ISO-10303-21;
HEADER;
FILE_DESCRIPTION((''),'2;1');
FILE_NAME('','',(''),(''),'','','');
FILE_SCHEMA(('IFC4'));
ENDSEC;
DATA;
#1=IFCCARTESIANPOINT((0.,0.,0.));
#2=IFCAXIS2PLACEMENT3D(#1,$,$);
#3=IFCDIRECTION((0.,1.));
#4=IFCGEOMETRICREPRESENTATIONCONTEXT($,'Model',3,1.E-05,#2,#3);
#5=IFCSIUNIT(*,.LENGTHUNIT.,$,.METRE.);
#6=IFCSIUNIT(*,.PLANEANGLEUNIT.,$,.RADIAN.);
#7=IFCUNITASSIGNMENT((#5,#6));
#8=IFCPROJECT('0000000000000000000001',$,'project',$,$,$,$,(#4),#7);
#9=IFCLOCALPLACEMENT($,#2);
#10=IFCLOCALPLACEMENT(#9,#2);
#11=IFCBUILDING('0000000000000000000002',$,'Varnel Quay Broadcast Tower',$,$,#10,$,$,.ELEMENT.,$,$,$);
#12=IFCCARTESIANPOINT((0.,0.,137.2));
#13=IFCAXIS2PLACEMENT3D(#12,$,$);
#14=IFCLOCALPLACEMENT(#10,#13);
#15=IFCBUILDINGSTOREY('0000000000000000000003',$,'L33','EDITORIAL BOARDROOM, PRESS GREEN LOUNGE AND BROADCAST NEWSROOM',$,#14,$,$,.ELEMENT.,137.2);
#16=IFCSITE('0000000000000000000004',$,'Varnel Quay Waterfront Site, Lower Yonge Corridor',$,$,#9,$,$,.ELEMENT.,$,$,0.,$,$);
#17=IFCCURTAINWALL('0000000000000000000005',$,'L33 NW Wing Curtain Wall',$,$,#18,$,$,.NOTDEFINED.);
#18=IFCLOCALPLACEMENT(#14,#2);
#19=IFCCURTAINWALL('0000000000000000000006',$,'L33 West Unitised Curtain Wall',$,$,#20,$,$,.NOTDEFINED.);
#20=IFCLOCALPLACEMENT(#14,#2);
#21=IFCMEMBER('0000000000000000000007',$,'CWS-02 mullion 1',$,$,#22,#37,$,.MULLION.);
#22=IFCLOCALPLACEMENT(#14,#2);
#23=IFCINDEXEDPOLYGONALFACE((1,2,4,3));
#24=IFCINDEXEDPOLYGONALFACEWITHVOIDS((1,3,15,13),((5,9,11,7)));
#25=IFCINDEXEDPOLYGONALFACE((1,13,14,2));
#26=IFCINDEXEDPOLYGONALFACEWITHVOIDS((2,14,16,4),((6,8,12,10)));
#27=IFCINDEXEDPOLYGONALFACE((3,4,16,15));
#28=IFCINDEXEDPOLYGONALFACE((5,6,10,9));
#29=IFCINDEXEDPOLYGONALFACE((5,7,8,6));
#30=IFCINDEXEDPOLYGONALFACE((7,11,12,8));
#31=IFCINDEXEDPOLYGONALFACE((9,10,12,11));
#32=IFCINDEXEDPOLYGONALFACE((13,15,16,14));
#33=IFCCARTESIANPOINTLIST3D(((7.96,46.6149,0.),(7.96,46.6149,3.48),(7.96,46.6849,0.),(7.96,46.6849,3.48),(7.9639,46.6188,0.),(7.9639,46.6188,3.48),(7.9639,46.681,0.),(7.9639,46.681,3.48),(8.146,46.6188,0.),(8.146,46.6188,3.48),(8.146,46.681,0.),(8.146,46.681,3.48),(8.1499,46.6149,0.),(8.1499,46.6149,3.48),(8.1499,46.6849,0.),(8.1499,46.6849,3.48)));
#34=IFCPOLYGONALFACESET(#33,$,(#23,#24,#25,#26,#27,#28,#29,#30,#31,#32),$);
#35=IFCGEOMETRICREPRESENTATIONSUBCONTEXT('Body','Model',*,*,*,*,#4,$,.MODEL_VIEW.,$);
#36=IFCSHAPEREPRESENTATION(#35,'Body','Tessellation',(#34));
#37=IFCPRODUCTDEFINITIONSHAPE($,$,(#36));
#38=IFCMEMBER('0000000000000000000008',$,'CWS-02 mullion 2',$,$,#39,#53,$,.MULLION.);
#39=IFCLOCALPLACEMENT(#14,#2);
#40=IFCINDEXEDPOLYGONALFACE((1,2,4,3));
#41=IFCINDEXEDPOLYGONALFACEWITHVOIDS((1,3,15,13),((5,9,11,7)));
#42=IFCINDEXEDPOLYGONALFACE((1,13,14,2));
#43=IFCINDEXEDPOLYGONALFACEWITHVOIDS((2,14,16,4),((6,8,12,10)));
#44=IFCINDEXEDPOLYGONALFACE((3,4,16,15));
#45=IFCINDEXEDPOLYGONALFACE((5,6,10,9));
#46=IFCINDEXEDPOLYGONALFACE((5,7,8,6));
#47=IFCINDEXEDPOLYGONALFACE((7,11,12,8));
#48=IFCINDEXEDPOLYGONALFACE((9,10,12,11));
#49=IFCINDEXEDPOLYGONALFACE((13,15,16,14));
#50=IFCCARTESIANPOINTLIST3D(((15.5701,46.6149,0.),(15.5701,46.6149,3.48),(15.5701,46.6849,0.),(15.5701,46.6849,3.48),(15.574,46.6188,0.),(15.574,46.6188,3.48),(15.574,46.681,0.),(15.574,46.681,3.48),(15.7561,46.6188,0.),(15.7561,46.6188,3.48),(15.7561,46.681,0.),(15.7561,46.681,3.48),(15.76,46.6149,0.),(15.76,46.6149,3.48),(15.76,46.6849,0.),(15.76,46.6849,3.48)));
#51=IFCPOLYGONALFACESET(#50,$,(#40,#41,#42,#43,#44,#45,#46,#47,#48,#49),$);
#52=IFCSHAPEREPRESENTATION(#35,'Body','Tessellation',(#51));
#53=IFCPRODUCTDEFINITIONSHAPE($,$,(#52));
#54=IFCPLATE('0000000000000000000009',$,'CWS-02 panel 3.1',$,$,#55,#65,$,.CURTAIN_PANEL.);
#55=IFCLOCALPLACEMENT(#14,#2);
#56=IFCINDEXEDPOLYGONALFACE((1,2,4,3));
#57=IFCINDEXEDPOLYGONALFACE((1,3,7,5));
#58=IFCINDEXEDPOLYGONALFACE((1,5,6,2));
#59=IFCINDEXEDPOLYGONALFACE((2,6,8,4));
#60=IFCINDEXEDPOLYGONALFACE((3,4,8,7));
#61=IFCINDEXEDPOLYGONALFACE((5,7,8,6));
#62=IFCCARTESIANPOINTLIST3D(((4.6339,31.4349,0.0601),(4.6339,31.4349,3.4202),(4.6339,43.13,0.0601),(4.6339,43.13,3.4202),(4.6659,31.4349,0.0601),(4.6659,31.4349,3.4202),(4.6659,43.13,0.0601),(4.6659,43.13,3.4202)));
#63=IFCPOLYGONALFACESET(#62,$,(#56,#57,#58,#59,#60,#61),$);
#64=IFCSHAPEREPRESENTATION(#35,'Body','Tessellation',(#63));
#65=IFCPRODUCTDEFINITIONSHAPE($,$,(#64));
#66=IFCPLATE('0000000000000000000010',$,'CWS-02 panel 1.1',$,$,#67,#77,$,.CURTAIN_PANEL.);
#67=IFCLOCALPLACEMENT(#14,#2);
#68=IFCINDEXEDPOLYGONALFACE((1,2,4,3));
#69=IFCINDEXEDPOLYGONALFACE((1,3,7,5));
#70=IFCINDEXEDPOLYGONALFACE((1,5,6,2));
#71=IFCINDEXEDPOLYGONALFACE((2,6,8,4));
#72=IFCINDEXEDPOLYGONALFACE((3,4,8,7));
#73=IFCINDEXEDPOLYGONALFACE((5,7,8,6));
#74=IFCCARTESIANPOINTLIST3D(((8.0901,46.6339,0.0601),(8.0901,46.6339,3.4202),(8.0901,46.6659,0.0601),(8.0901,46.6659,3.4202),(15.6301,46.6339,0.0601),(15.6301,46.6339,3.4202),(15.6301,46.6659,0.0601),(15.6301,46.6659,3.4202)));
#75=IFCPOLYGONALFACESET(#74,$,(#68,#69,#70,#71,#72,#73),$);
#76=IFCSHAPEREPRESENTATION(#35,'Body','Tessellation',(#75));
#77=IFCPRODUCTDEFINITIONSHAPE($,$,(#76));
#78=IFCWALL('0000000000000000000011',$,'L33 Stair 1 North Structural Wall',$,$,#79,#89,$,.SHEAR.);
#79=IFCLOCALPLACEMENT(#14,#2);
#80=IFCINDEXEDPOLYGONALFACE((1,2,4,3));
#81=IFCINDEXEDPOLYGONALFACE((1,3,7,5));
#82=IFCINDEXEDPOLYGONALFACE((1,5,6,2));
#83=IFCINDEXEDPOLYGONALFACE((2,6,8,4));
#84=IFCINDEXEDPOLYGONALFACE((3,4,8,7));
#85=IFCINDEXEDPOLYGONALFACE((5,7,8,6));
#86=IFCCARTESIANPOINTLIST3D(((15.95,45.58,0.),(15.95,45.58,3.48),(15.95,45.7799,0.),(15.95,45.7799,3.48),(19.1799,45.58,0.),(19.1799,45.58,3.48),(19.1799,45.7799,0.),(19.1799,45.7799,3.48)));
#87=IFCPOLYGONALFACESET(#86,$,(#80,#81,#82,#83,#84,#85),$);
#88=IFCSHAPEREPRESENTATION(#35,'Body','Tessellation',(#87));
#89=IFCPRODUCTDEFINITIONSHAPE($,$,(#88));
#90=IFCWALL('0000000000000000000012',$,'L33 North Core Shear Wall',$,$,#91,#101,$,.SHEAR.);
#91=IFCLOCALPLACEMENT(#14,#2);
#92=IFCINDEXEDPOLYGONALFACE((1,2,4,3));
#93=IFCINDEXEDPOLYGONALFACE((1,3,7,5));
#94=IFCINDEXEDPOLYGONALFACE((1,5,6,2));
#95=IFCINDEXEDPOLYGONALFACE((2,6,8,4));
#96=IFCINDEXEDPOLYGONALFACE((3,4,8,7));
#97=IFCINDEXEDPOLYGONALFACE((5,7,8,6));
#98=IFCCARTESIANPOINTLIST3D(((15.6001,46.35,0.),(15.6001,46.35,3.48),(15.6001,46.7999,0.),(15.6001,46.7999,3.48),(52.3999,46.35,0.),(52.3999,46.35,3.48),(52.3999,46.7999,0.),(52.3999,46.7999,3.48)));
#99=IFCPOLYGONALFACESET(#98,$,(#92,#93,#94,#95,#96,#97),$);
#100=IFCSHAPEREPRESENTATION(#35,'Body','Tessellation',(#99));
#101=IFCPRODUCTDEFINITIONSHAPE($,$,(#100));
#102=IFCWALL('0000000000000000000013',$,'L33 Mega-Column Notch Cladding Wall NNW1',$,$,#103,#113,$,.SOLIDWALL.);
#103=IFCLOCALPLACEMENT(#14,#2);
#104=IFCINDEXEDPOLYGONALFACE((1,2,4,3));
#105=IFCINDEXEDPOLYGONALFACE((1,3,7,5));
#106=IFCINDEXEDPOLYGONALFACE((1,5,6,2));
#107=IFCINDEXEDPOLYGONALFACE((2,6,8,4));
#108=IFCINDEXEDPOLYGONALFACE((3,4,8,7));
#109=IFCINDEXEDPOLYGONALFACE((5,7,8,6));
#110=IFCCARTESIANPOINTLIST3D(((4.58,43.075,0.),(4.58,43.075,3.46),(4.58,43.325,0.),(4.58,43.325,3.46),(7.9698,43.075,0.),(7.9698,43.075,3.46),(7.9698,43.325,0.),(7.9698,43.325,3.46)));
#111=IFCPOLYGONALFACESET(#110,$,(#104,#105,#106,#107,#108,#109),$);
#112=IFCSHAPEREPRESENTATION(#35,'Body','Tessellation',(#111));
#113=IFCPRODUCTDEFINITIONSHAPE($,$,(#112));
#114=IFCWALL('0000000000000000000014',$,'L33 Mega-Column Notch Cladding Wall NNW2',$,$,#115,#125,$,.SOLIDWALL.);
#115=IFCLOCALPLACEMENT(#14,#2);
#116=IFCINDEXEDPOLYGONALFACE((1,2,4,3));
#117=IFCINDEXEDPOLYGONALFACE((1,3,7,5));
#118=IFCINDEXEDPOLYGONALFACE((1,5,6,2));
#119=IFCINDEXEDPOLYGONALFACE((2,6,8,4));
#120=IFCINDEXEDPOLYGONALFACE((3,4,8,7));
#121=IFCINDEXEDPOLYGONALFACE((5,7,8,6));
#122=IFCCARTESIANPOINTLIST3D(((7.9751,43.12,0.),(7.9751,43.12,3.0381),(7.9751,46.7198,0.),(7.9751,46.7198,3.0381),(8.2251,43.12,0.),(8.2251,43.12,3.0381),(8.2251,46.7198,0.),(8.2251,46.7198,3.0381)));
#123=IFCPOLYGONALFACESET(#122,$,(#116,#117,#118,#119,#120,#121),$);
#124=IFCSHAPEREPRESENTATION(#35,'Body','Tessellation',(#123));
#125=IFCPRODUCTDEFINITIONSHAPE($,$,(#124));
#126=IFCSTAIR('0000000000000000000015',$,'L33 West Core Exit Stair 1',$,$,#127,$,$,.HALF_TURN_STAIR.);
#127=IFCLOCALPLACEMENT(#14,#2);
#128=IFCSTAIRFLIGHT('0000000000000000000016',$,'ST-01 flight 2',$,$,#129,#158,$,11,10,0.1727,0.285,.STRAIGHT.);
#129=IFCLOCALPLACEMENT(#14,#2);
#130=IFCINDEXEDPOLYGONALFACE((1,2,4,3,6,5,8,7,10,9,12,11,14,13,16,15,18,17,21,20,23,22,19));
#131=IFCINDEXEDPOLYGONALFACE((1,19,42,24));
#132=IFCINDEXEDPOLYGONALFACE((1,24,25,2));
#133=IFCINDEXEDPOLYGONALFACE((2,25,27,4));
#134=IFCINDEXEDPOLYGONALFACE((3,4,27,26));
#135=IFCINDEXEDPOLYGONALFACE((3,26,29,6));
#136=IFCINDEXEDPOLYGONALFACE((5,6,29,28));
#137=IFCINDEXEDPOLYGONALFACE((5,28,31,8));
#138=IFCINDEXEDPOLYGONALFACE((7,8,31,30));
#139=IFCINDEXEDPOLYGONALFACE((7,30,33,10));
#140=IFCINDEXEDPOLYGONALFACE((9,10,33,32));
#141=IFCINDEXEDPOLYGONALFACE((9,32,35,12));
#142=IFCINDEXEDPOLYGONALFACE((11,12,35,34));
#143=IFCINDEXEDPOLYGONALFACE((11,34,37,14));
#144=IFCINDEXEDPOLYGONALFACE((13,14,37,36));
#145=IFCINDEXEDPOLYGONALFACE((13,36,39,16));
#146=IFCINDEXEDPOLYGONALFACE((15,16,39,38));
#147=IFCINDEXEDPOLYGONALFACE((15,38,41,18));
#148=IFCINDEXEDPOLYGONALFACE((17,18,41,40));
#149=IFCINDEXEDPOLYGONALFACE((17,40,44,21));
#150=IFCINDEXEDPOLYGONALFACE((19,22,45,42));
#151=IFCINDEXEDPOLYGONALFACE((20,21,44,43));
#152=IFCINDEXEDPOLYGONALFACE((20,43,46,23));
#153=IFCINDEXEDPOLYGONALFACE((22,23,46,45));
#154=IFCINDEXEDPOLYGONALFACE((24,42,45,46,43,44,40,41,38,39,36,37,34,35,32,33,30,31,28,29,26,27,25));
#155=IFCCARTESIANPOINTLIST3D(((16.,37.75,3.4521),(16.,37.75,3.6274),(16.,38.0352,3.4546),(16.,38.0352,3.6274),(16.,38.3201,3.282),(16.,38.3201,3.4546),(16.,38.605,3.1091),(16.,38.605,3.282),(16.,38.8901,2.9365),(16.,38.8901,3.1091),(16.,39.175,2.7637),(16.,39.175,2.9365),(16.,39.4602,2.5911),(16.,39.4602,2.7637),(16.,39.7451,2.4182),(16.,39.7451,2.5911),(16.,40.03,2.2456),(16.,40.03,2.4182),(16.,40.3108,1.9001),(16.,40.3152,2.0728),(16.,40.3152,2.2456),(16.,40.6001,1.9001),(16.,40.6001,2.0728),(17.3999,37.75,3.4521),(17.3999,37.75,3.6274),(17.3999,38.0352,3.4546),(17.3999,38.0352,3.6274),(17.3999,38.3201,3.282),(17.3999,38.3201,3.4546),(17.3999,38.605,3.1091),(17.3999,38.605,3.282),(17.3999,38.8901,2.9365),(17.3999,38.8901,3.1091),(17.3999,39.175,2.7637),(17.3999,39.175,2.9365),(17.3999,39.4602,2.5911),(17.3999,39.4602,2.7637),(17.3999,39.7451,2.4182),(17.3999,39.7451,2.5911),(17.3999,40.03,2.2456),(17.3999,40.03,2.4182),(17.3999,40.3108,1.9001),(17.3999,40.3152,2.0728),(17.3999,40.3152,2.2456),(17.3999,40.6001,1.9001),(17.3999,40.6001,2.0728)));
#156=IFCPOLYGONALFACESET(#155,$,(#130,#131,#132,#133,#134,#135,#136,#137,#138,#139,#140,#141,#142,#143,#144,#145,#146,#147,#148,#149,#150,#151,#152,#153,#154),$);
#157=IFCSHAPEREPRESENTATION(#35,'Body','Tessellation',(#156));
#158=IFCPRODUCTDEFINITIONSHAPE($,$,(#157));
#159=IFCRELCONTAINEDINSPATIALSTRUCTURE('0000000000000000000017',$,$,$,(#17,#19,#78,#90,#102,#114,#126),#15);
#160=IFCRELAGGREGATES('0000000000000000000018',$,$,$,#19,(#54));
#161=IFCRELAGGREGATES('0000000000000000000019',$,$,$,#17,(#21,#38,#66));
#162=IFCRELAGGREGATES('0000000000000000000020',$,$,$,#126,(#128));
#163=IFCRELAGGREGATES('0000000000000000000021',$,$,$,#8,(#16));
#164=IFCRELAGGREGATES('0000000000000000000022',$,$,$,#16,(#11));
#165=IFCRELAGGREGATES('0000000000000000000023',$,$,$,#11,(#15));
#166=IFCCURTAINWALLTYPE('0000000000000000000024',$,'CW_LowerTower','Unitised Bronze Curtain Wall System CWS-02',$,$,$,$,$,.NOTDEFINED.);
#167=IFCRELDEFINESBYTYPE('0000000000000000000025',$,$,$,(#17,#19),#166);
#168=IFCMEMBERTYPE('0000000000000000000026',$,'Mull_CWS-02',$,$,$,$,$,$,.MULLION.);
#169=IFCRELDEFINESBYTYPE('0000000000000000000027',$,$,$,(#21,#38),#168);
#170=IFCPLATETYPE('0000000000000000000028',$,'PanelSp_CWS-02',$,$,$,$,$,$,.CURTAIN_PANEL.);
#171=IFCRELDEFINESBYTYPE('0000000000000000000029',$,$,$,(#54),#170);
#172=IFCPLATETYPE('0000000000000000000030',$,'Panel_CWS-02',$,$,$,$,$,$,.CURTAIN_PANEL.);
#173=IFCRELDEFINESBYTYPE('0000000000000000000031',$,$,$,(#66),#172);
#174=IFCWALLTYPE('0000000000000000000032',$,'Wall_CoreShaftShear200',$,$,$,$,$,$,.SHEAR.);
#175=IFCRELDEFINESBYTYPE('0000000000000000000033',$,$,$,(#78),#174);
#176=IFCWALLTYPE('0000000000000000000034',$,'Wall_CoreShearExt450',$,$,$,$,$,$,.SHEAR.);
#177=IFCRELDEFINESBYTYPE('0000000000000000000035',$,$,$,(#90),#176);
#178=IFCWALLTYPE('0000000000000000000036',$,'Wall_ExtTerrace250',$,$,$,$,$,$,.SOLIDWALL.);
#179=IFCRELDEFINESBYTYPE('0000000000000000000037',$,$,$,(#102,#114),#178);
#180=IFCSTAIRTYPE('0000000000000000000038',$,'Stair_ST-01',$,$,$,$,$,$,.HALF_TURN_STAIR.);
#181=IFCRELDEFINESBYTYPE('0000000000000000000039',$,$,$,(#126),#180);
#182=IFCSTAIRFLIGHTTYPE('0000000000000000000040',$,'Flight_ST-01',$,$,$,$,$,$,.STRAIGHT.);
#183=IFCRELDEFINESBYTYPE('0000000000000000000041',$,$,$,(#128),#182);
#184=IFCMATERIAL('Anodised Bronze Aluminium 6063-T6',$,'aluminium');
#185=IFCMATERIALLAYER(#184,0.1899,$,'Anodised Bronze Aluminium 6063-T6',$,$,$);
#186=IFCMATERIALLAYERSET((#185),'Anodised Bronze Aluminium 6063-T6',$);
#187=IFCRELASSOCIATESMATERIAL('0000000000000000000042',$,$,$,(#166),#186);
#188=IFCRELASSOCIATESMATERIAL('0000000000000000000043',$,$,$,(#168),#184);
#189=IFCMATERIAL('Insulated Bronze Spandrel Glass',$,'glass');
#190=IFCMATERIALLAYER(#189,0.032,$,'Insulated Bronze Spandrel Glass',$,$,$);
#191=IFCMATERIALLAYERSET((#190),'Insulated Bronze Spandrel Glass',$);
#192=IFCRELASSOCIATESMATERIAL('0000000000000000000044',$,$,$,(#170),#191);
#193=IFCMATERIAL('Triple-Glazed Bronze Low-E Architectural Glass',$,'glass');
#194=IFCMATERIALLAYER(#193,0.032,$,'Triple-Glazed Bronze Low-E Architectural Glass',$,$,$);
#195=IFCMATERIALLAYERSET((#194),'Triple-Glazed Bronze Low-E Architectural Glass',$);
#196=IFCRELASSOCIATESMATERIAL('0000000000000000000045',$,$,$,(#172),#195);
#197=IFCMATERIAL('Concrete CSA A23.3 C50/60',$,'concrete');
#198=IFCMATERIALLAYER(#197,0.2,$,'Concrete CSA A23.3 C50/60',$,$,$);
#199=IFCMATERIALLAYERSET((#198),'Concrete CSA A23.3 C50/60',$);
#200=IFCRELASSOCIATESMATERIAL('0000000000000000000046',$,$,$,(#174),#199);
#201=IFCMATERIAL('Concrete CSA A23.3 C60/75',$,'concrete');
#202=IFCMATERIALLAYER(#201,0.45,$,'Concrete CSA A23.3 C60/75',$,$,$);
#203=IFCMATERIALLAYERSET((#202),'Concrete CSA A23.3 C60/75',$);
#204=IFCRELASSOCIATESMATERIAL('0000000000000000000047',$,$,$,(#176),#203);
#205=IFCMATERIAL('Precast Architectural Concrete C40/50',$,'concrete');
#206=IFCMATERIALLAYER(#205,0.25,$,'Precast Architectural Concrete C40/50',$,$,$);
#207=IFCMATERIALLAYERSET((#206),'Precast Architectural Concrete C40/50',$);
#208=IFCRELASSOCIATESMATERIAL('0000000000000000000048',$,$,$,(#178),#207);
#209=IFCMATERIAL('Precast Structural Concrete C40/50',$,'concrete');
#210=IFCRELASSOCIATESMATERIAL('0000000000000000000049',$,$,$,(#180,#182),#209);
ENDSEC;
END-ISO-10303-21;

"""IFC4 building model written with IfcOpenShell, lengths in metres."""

from ifc_helpers import new_model, si_unit, direction, frame, frame_2d, origin, origin_2d, place, context, subcontext, project, spatial, polyline, rectangle, hollow_rectangle, outline, extrude, source, transform, mapped, material, layer, layer_set, material_profile, profile_set, type_object, type_shapes, element, aggregate, save


model = new_model("IFC4")

# Units and contexts
model_context = context("Model", 3, precision=1e-05, world=origin(), true_north=direction((0.0, 1.0)))
body_context = subcontext(model_context, "Body", "Model", "MODEL_VIEW")
ifc_project = project(units=[si_unit("LENGTHUNIT", "METRE"), si_unit("PLANEANGLEUNIT", "RADIAN")], contexts=[model_context])

# Site, building, storey
site_placement = place(None, origin())
site = spatial("IfcSite", under=ifc_project, at=site_placement, Name="Varnel Quay Waterfront Site, Lower Yonge Corridor", CompositionType="ELEMENT", RefElevation=0.0)
building_placement = place(site_placement, origin())
building = spatial("IfcBuilding", under=site, at=building_placement, Name="Varnel Quay Broadcast Tower", CompositionType="ELEMENT")
storey_placement = place(building_placement, frame((0.0, 0.0, 137.2)))
storey = spatial("IfcBuildingStorey", under=building, at=storey_placement, Name="L33", Description="EDITORIAL BOARDROOM, PRESS GREEN LOUNGE AND BROADCAST NEWSROOM", CompositionType="ELEMENT", Elevation=137.2)

# Curtain wall
ifc_material_1 = material(Name="Anodised Bronze Aluminium 6063-T6", Category="aluminium")
ifc_layer_1 = layer(ifc_material_1, 0.1899, Name="Anodised Bronze Aluminium 6063-T6")
ifc_layer_set_1 = layer_set([ifc_layer_1], Name="Anodised Bronze Aluminium 6063-T6")
curtain_wall_type = type_object("IfcCurtainWallType", Name="CW_LowerTower", Description="Unitised Bronze Curtain Wall System CWS-02", PredefinedType="NOTDEFINED", material=ifc_layer_set_1)
curtain_wall_1_placement = place(storey_placement, origin())
curtain_wall_1 = element("IfcCurtainWall", 1, at=curtain_wall_1_placement, inside=storey, type_object=curtain_wall_type, Name="L33 NW Wing Curtain Wall", PredefinedType="NOTDEFINED")

# Curtain wall
curtain_wall_2_placement = place(storey_placement, origin())
curtain_wall_2 = element("IfcCurtainWall", 2, at=curtain_wall_2_placement, inside=storey, type_object=curtain_wall_type, Name="L33 West Unitised Curtain Wall", PredefinedType="NOTDEFINED")
ifc_material_profile_1 = material_profile(ifc_material_1, hollow_rectangle(XDim=0.0701, YDim=0.1899, WallThickness=0.0039, at=origin_2d()), Name="ALU70X190X4")
ifc_profile_set_1 = profile_set([ifc_material_profile_1], Name="Anodised Bronze Aluminium 6063-T6")
member_type_1 = type_object("IfcMemberType", Name="Mull_CWS-02", PredefinedType="MULLION", material=ifc_profile_set_1)
shared_shape_1 = source(origin(), body_context, "Body", "SweptSolid", [
    extrude(hollow_rectangle(XDim=0.0701, YDim=0.1899, WallThickness=0.0039, at=origin_2d()), origin(), (0.0, 0.0, 1.0), 3.48),
])
type_shapes(member_type_1, [shared_shape_1])

# Members
member_1_placement = place(storey_placement, frame((8.0549, 46.6499, 0.0), z_axis=(0.0, 0.0, 1.0), x_axis=(0.0, 1.0, 0.0)))
member_1 = element("IfcMember", 3, at=member_1_placement, type_object=member_type_1, Name="CWS-02 mullion 1", PredefinedType="MULLION", context=body_context, shape_type="MappedRepresentation", body=[
    mapped(shared_shape_1, transform((0.0, 0.0, 0.0), x_axis=(1.0, 0.0, 0.0), y_axis=(0.0, 1.0, 0.0), z_axis=(0.0, 0.0, 1.0), scale=1.0)),
])
member_2_placement = place(storey_placement, frame((15.665, 46.6499, 0.0), z_axis=(0.0, 0.0, 1.0), x_axis=(0.0, 1.0, 0.0)))
member_2 = element("IfcMember", 4, at=member_2_placement, type_object=member_type_1, Name="CWS-02 mullion 2", PredefinedType="MULLION", context=body_context, shape_type="MappedRepresentation", body=[
    mapped(shared_shape_1, transform((0.0, 0.0, 0.0), x_axis=(1.0, 0.0, 0.0), y_axis=(0.0, 1.0, 0.0), z_axis=(0.0, 0.0, 1.0), scale=1.0)),
])

# Plates
ifc_material_2 = material(Name="Insulated Bronze Spandrel Glass", Category="glass")
ifc_layer_2 = layer(ifc_material_2, 0.032, Name="Insulated Bronze Spandrel Glass")
ifc_layer_set_2 = layer_set([ifc_layer_2], Name="Insulated Bronze Spandrel Glass")
plate_type_1 = type_object("IfcPlateType", Name="PanelSp_CWS-02", PredefinedType="CURTAIN_PANEL", material=ifc_layer_set_2)
shared_shape_2 = source(origin(), body_context, "Body", "SweptSolid", [
    extrude(rectangle(XDim=11.6951, YDim=0.032, at=origin_2d()), origin(), (0.0, 0.0, 1.0), 3.3601),
])
type_shapes(plate_type_1, [shared_shape_2])
plate_1_placement = place(storey_placement, frame((4.6499, 37.2825, 0.0601), z_axis=(0.0, 0.0, 1.0), x_axis=(0.0, 1.0, 0.0)))
plate_1 = element("IfcPlate", 5, at=plate_1_placement, type_object=plate_type_1, Name="CWS-02 panel 3.1", PredefinedType="CURTAIN_PANEL", context=body_context, shape_type="MappedRepresentation", body=[
    mapped(shared_shape_2, transform((0.0, 0.0, 0.0), x_axis=(1.0, 0.0, 0.0), y_axis=(0.0, 1.0, 0.0), z_axis=(0.0, 0.0, 1.0), scale=1.0)),
])
aggregate(curtain_wall_2, [plate_1])
ifc_material_3 = material(Name="Triple-Glazed Bronze Low-E Architectural Glass", Category="glass")
ifc_layer_3 = layer(ifc_material_3, 0.032, Name="Triple-Glazed Bronze Low-E Architectural Glass")
ifc_layer_set_3 = layer_set([ifc_layer_3], Name="Triple-Glazed Bronze Low-E Architectural Glass")
plate_type_2 = type_object("IfcPlateType", Name="Panel_CWS-02", PredefinedType="CURTAIN_PANEL", material=ifc_layer_set_3)
shared_shape_3 = source(origin(), body_context, "Body", "SweptSolid", [
    extrude(rectangle(XDim=7.54, YDim=0.032, at=origin_2d()), origin(), (0.0, 0.0, 1.0), 3.3601),
])
type_shapes(plate_type_2, [shared_shape_3])
plate_2_placement = place(storey_placement, frame((11.8601, 46.6499, 0.0601), z_axis=(0.0, 0.0, 1.0), x_axis=(1.0, 0.0, 0.0)))
plate_2 = element("IfcPlate", 6, at=plate_2_placement, type_object=plate_type_2, Name="CWS-02 panel 1.1", PredefinedType="CURTAIN_PANEL", context=body_context, shape_type="MappedRepresentation", body=[
    mapped(shared_shape_3, transform((0.0, 0.0, 0.0), x_axis=(1.0, 0.0, 0.0), y_axis=(0.0, 1.0, 0.0), z_axis=(0.0, 0.0, 1.0), scale=1.0)),
])
aggregate(curtain_wall_1, [member_1, member_2, plate_2])

# Walls
ifc_material_4 = material(Name="Concrete CSA A23.3 C50/60", Category="concrete")
ifc_layer_4 = layer(ifc_material_4, 0.2, Name="Concrete CSA A23.3 C50/60")
ifc_layer_set_4 = layer_set([ifc_layer_4], Name="Concrete CSA A23.3 C50/60")
wall_type_1 = type_object("IfcWallType", Name="Wall_CoreShaftShear200", PredefinedType="SHEAR", material=ifc_layer_set_4)
wall_1_placement = place(storey_placement, frame((15.95, 45.6799, 0.0), z_axis=(0.0, 0.0, 1.0), x_axis=(1.0, 0.0, 0.0)))
element("IfcWall", 7, at=wall_1_placement, inside=storey, type_object=wall_type_1, Name="L33 Stair 1 North Structural Wall", PredefinedType="SHEAR", context=body_context, shape_type="SweptSolid", body=[
    extrude(rectangle(XDim=3.23, YDim=0.2, at=frame_2d((1.615, 0.0))), origin(), (0.0, 0.0, 1.0), 3.48),
])
ifc_material_5 = material(Name="Concrete CSA A23.3 C60/75", Category="concrete")
ifc_layer_5 = layer(ifc_material_5, 0.45, Name="Concrete CSA A23.3 C60/75")
ifc_layer_set_5 = layer_set([ifc_layer_5], Name="Concrete CSA A23.3 C60/75")
wall_type_2 = type_object("IfcWallType", Name="Wall_CoreShearExt450", PredefinedType="SHEAR", material=ifc_layer_set_5)
wall_2_placement = place(storey_placement, frame((15.6001, 46.575, 0.0), z_axis=(0.0, 0.0, 1.0), x_axis=(1.0, 0.0, 0.0)))
element("IfcWall", 8, at=wall_2_placement, inside=storey, type_object=wall_type_2, Name="L33 North Core Shear Wall", PredefinedType="SHEAR", context=body_context, shape_type="SweptSolid", body=[
    extrude(rectangle(XDim=36.7998, YDim=0.45, at=frame_2d((18.3999, 0.0))), origin(), (0.0, 0.0, 1.0), 3.48),
])
ifc_material_6 = material(Name="Precast Architectural Concrete C40/50", Category="concrete")
ifc_layer_6 = layer(ifc_material_6, 0.25, Name="Precast Architectural Concrete C40/50")
ifc_layer_set_6 = layer_set([ifc_layer_6], Name="Precast Architectural Concrete C40/50")
wall_type_3 = type_object("IfcWallType", Name="Wall_ExtTerrace250", PredefinedType="SOLIDWALL", material=ifc_layer_set_6)
wall_3_placement = place(storey_placement, frame((4.5801, 43.2, 0.0), z_axis=(0.0, 0.0, 1.0), x_axis=(1.0, 0.0, 0.0)))
element("IfcWall", 9, at=wall_3_placement, inside=storey, type_object=wall_type_3, Name="L33 Mega-Column Notch Cladding Wall NNW1", PredefinedType="SOLIDWALL", context=body_context, shape_type="SweptSolid", body=[
    extrude(rectangle(XDim=3.3899, YDim=0.25, at=frame_2d((1.6948, 0.0))), origin(), (0.0, 0.0, 1.0), 3.46),
])
wall_4_placement = place(storey_placement, frame((8.1001, 43.1201, 0.0), z_axis=(0.0, 0.0, 1.0), x_axis=(0.0, 1.0, 0.0)))
element("IfcWall", 10, at=wall_4_placement, inside=storey, type_object=wall_type_3, Name="L33 Mega-Column Notch Cladding Wall NNW2", PredefinedType="SOLIDWALL", context=body_context, shape_type="SweptSolid", body=[
    extrude(rectangle(XDim=3.5999, YDim=0.25, at=frame_2d((1.7998, 0.0))), origin(), (0.0, 0.0, 1.0), 3.0381),
])

# Stair, stair flight
ifc_material_7 = material(Name="Precast Structural Concrete C40/50", Category="concrete")
stair_type = type_object("IfcStairType", Name="Stair_ST-01", PredefinedType="HALF_TURN_STAIR", material=ifc_material_7)
stair_placement = place(storey_placement, origin())
stair = element("IfcStair", 11, at=stair_placement, inside=storey, type_object=stair_type, Name="L33 West Core Exit Stair 1", PredefinedType="HALF_TURN_STAIR")
stair_flight_type = type_object("IfcStairFlightType", Name="Flight_ST-01", PredefinedType="STRAIGHT", material=ifc_material_7)
stair_flight_placement = place(storey_placement, frame((16.7, 40.6001, 1.9001), z_axis=(0.0, 0.0, 1.0), x_axis=(0.0, -1.0, 0.0)))
stair_flight = element("IfcStairFlight", 12, at=stair_flight_placement, type_object=stair_flight_type, Name="ST-01 flight 2", NumberOfRisers=11, NumberOfTreads=10, PredefinedType="STRAIGHT", RiserHeight=0.1727, TreadLength=0.285, context=body_context, shape_type="SweptSolid", body=[
    extrude(outline(polyline([(0.0, 0.0), (0.0, 0.1726), (0.2849, 0.1726), (0.2849, 0.3455), (0.5701, 0.3455), (0.5701, 0.5181), (0.855, 0.5181), (0.855, 0.6909), (1.1399, 0.6909), (1.1399, 0.8635), (1.425, 0.8635), (1.425, 1.0364), (1.71, 1.0364), (1.71, 1.209), (1.9951, 1.209), (1.9951, 1.3818), (2.28, 1.3818), (2.28, 1.5544), (2.5649, 1.5544), (2.5649, 1.7273), (2.8501, 1.7273), (2.8501, 1.8999), (2.8501, 1.552), (0.2893, 0.0), (0.0, 0.0)])), frame((0.0, 0.7, 0.0), z_axis=(0.0, -1.0, 0.0), x_axis=(1.0, 0.0, 0.0)), (0.0, 0.0, 1.0), 1.3999),
])
aggregate(stair, [stair_flight])

save(model, "model.ifc")
